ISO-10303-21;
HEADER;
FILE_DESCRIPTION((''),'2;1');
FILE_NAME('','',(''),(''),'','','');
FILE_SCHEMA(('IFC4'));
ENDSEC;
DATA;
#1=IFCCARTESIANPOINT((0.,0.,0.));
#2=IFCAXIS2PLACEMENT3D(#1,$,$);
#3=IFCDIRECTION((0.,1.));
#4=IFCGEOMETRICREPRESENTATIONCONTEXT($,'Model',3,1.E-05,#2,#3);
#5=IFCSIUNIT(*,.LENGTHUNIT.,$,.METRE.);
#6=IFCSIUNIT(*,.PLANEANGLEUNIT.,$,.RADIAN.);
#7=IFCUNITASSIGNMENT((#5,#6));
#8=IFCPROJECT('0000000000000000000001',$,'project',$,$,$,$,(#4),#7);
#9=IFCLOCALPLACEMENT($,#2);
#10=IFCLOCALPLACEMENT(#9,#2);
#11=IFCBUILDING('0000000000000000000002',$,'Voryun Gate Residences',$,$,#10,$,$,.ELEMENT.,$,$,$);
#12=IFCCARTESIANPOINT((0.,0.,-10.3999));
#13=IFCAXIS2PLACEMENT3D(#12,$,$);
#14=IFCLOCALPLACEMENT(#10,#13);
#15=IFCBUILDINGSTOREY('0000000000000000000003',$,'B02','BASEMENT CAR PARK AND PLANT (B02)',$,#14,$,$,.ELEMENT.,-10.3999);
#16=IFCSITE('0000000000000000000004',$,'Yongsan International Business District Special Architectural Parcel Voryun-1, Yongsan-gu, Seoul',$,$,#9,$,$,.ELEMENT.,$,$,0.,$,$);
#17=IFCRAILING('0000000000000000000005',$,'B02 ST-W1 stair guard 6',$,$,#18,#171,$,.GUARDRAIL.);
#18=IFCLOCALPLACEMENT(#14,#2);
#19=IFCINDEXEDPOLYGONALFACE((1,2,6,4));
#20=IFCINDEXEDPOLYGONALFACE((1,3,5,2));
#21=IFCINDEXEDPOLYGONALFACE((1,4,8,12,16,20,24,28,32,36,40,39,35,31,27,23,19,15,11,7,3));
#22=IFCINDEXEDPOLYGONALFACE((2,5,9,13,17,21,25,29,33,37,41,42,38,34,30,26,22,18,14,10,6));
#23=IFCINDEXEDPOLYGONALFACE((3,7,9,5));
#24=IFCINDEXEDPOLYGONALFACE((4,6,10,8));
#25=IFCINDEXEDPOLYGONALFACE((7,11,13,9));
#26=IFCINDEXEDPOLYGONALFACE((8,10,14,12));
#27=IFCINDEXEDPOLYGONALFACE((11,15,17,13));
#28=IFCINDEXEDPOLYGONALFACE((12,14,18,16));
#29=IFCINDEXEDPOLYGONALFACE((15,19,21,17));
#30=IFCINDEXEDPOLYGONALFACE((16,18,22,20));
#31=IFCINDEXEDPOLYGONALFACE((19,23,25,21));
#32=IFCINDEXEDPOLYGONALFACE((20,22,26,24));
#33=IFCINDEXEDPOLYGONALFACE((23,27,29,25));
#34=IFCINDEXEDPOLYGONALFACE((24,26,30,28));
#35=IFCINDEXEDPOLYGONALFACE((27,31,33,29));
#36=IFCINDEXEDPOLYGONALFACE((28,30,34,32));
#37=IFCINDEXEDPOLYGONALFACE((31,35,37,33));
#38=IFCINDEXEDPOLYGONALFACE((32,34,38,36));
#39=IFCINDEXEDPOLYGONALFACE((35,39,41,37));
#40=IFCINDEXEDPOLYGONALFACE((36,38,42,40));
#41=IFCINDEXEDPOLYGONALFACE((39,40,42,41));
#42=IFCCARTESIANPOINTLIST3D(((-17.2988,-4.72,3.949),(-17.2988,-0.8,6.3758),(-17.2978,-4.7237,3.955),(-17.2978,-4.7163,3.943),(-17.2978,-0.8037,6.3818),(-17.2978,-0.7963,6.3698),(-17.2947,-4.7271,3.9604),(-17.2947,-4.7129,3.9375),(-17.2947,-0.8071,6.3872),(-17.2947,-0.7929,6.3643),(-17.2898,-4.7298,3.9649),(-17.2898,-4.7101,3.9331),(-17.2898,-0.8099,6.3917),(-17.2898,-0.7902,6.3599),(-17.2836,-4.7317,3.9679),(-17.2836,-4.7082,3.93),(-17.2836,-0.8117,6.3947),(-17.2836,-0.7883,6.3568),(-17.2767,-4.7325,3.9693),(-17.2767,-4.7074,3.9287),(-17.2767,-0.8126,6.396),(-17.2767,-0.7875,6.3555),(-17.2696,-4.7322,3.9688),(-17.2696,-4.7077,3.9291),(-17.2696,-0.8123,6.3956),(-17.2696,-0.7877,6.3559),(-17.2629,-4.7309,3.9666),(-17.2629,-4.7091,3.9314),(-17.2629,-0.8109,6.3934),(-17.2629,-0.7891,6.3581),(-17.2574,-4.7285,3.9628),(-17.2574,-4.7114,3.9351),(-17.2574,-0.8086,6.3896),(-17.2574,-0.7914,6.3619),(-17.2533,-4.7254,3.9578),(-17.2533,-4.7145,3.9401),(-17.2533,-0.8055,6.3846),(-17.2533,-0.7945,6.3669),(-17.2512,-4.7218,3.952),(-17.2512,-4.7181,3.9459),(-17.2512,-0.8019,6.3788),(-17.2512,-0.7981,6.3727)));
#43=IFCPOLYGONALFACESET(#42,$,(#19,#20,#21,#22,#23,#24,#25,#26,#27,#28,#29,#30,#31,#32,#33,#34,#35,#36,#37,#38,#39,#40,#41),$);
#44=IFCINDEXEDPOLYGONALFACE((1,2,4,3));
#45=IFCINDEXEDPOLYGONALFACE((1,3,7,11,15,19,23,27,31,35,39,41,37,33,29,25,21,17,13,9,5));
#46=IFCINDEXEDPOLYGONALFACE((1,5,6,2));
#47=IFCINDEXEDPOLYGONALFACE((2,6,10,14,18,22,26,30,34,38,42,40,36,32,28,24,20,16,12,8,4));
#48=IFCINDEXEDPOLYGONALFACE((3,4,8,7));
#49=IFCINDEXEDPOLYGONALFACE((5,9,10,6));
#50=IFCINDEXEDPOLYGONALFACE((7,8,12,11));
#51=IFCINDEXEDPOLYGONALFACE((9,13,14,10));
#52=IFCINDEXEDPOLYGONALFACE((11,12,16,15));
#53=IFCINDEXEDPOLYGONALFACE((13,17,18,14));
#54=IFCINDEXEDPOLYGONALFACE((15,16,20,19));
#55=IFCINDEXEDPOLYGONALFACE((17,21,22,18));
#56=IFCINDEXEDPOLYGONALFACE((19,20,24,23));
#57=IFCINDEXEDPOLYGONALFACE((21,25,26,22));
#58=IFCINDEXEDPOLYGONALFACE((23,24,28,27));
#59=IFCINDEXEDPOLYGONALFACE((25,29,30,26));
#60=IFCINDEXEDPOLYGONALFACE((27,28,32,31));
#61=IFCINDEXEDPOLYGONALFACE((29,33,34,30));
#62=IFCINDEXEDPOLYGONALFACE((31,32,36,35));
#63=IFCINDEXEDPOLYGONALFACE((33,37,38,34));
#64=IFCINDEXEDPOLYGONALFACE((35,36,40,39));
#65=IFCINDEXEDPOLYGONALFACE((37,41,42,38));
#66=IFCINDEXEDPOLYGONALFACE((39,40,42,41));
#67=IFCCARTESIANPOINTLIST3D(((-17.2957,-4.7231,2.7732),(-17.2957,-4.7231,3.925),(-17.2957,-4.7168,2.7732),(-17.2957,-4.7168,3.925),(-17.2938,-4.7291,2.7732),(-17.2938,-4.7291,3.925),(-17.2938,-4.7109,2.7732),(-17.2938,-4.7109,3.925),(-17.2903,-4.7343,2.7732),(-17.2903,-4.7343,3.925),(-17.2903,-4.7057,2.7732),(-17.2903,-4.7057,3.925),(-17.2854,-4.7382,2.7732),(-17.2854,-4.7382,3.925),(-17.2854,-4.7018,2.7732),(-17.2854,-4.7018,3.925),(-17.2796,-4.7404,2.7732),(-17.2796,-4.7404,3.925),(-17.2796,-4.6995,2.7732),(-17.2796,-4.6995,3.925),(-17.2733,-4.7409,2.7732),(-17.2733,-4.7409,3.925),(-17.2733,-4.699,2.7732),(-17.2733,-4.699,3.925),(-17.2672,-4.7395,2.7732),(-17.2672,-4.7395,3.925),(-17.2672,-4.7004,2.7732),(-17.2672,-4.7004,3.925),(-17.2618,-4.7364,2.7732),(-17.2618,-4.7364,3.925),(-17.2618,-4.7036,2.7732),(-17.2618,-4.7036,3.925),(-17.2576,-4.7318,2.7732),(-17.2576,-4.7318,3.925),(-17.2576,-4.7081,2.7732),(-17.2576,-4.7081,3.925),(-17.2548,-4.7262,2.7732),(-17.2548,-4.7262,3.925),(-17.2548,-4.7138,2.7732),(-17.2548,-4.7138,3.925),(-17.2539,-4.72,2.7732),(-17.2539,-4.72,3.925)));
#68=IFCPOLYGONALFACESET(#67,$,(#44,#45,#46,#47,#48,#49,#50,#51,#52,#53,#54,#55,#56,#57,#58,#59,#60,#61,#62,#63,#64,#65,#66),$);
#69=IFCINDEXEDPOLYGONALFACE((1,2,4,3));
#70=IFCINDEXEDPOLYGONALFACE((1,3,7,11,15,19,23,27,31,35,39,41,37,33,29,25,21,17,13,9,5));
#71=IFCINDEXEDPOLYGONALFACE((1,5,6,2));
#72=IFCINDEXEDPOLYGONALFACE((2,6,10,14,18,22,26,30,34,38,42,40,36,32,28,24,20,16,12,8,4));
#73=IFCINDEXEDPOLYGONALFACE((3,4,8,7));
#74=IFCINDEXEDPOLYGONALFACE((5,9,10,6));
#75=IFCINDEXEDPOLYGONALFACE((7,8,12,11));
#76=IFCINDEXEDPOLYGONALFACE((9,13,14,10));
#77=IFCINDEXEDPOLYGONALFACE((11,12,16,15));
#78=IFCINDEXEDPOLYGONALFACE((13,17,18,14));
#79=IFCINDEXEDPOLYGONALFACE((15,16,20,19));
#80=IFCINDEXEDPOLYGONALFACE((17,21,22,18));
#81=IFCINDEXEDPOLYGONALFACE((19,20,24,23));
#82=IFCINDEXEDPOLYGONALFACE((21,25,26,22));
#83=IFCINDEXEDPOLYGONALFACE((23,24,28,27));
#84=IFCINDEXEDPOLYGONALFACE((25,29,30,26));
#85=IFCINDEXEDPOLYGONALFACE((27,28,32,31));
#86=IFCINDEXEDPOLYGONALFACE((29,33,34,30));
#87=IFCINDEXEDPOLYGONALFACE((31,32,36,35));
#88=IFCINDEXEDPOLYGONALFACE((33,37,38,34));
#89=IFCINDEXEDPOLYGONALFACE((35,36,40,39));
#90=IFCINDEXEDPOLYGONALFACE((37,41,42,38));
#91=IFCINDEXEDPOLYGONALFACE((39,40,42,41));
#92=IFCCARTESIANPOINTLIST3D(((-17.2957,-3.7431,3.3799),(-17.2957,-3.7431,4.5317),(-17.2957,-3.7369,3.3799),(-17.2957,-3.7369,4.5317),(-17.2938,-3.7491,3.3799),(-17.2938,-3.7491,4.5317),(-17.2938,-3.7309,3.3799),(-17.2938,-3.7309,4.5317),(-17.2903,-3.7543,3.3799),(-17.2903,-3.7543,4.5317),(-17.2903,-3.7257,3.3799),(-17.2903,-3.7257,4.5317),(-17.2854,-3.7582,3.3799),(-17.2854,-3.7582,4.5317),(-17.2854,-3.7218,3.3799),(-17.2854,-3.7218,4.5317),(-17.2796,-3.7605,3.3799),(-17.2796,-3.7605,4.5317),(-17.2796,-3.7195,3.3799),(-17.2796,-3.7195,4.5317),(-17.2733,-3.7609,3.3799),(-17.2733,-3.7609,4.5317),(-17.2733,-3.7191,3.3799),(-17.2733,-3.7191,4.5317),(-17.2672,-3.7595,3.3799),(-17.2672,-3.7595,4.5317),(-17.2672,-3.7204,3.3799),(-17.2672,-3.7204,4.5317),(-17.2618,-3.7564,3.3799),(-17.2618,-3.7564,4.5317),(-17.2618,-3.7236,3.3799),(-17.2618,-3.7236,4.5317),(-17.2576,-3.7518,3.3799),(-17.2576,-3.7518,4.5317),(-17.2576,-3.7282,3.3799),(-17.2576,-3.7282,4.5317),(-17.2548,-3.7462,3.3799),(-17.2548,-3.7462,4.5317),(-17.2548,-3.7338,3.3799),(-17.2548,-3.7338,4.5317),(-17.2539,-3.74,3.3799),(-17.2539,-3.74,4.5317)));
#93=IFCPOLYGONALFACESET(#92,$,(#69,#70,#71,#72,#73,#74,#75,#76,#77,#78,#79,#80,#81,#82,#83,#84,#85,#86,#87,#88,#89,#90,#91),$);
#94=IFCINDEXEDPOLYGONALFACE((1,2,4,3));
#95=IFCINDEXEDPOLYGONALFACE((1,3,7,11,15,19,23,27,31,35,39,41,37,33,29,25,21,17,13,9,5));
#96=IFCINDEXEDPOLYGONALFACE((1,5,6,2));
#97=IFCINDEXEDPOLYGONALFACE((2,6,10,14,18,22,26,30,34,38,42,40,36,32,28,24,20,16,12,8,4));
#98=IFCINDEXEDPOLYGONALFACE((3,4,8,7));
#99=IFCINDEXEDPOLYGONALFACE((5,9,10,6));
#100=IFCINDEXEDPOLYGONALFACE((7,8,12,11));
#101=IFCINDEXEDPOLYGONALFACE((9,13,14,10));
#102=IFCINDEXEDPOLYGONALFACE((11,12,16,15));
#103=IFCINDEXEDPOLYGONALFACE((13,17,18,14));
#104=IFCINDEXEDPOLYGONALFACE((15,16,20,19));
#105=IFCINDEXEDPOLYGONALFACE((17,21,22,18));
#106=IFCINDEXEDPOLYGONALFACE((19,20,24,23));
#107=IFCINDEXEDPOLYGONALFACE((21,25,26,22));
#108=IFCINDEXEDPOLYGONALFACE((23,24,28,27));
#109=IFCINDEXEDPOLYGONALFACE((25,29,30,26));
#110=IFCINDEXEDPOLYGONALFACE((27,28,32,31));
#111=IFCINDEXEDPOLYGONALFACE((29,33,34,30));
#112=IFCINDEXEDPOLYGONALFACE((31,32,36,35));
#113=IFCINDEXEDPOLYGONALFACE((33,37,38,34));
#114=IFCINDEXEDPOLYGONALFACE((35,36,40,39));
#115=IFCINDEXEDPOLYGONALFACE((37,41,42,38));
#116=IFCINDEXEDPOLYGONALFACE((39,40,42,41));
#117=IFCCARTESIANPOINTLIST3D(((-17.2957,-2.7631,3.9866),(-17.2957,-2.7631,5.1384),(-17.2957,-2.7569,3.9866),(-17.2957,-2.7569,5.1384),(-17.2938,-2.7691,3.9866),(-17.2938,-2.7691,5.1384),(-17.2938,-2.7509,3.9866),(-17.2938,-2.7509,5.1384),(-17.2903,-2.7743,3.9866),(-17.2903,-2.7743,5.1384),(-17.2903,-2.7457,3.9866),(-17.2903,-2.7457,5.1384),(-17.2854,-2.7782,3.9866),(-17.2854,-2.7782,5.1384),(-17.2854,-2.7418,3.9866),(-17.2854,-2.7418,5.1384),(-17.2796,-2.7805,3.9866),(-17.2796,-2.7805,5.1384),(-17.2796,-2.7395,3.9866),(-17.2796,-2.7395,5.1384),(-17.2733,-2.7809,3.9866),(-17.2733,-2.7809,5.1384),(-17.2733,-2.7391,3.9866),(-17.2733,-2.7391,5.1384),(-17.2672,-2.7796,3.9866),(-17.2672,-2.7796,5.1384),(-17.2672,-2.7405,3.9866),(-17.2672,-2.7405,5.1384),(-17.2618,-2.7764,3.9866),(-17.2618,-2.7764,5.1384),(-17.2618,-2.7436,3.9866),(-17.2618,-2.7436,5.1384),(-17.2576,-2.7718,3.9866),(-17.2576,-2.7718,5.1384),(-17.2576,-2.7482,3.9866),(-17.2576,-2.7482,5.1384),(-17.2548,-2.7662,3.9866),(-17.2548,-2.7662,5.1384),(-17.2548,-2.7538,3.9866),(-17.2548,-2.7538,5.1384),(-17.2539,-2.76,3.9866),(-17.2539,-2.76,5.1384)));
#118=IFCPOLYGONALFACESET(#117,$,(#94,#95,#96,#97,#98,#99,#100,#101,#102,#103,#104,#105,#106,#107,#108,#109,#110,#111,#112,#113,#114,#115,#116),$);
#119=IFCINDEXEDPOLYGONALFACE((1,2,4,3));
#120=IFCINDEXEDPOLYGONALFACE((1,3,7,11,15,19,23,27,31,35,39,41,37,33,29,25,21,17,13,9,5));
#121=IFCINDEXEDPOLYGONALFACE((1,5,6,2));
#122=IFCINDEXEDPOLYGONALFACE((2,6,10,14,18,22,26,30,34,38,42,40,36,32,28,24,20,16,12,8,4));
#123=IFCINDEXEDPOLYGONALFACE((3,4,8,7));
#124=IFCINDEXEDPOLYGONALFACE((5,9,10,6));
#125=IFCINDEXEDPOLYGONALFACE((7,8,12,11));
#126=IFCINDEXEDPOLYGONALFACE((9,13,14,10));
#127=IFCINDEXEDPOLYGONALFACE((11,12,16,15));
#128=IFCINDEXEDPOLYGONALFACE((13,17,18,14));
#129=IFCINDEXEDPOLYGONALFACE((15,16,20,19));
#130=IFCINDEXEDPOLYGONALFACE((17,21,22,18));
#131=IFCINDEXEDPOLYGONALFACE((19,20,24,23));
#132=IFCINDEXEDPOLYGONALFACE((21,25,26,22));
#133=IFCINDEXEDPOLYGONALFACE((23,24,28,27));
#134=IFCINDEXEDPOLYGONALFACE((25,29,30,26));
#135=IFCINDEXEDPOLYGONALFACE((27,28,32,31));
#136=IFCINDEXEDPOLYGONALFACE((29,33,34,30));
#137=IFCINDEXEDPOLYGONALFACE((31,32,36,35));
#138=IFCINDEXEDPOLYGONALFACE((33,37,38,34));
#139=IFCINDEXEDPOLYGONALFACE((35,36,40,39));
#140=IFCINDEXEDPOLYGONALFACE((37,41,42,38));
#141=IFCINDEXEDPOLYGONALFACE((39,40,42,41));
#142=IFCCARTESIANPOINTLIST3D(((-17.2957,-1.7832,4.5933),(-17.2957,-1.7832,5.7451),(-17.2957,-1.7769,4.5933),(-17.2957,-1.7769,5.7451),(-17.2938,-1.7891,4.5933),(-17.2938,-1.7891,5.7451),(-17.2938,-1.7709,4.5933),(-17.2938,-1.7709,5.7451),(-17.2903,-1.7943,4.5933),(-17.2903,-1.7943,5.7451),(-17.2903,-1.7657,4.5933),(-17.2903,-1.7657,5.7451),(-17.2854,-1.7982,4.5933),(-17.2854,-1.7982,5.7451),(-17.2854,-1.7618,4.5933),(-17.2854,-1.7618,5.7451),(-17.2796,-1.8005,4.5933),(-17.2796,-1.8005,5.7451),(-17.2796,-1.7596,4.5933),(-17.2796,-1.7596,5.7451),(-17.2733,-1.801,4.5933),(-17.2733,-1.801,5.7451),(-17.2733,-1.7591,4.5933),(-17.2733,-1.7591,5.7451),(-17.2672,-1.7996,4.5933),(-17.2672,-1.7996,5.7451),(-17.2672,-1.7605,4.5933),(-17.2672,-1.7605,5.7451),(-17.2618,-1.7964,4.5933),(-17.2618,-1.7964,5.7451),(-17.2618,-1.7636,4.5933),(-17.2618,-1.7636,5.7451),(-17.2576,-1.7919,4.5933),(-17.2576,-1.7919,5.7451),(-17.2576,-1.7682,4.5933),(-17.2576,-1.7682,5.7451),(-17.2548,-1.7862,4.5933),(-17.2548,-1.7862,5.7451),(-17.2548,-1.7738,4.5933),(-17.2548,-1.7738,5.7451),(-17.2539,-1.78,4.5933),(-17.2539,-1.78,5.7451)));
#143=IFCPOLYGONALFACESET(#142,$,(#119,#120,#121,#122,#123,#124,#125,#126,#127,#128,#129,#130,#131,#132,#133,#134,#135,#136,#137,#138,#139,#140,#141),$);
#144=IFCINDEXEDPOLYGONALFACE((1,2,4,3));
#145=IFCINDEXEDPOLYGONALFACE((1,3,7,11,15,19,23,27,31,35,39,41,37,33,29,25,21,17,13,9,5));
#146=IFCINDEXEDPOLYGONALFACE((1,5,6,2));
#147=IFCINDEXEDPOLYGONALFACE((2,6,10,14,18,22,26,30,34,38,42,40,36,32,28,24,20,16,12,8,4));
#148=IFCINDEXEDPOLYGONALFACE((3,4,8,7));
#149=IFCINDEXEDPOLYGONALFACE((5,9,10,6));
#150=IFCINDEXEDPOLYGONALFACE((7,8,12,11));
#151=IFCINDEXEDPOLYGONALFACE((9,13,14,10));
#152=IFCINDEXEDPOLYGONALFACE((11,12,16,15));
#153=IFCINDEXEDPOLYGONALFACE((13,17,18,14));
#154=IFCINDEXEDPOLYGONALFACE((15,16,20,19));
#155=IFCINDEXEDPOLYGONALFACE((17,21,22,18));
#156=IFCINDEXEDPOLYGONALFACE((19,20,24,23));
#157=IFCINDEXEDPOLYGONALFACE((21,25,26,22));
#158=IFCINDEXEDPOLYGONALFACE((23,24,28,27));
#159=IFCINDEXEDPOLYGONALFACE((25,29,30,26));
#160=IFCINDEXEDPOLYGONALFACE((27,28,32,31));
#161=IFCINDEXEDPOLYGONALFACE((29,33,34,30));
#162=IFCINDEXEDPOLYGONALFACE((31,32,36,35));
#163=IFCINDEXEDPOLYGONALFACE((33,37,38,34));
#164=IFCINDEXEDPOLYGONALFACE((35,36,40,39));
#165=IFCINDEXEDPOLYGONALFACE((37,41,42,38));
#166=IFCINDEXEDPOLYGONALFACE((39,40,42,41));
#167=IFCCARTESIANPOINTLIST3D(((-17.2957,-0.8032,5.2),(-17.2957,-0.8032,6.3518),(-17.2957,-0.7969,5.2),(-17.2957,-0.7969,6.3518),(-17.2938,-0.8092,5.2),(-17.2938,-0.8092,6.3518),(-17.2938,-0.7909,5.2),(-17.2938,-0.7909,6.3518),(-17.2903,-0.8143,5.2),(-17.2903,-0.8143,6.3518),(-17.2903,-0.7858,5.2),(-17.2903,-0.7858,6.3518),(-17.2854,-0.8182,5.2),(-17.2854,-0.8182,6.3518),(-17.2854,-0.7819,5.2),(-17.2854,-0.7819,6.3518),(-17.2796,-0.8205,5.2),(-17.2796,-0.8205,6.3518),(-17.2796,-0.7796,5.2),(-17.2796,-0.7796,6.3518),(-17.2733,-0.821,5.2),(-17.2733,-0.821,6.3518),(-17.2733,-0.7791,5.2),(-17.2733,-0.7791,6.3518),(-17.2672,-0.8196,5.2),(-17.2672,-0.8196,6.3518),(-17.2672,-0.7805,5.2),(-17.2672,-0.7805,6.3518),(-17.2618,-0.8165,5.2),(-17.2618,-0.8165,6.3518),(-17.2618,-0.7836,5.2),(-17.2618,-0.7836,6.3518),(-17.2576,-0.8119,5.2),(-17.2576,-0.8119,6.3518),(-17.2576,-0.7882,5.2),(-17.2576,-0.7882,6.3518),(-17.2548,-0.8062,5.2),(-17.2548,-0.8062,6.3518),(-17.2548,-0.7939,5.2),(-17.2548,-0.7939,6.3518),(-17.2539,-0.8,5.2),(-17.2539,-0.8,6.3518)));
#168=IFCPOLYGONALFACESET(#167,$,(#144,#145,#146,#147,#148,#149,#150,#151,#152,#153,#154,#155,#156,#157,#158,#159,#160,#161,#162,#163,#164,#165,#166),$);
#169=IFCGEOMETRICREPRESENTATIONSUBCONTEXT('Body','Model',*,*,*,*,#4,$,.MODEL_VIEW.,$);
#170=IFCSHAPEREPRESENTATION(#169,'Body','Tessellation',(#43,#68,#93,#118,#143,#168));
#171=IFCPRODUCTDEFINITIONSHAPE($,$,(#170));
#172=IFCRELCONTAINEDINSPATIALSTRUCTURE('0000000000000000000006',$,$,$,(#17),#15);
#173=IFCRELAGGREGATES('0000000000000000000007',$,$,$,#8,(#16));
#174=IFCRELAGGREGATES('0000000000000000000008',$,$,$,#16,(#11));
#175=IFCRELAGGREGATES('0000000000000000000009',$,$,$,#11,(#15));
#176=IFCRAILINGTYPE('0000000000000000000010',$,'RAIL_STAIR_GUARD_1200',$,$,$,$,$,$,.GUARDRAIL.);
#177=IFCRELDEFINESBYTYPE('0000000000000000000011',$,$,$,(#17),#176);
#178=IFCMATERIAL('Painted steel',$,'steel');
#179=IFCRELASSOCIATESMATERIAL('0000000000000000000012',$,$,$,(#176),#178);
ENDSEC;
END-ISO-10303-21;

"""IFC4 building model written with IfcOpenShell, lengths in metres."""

from ifc_helpers import new_model, si_unit, direction, frame, origin, origin_2d, place, context, subcontext, project, spatial, circle, extrude, material, type_object, element, save


model = new_model("IFC4")

# Units and contexts
model_context = context("Model", 3, precision=1e-05, world=origin(), true_north=direction((0.0, 1.0)))
body_context = subcontext(model_context, "Body", "Model", "MODEL_VIEW")
ifc_project = project(units=[si_unit("LENGTHUNIT", "METRE"), si_unit("PLANEANGLEUNIT", "RADIAN")], contexts=[model_context])

# Site, building, storey
site_placement = place(None, origin())
site = spatial("IfcSite", under=ifc_project, at=site_placement, Name="Yongsan International Business District Special Architectural Parcel Voryun-1, Yongsan-gu, Seoul", CompositionType="ELEMENT", RefElevation=0.0)
building_placement = place(site_placement, origin())
building = spatial("IfcBuilding", under=site, at=building_placement, Name="Voryun Gate Residences", CompositionType="ELEMENT")
storey_placement = place(building_placement, frame((0.0, 0.0, -10.3999)))
storey = spatial("IfcBuildingStorey", under=building, at=storey_placement, Name="B02", Description="BASEMENT CAR PARK AND PLANT (B02)", CompositionType="ELEMENT", Elevation=-10.3999)

# Railing
ifc_material_1 = material(Name="Painted steel", Category="steel")
railing_type_1 = type_object("IfcRailingType", Name="RAIL_STAIR_GUARD_1200", PredefinedType="GUARDRAIL", material=ifc_material_1)
railing_1_placement = place(storey_placement, frame((-17.2749, -4.72, 2.7732)))
element("IfcRailing", 1, at=railing_1_placement, inside=storey, type_object=railing_type_1, Name="B02 ST-W1 stair guard 6", PredefinedType="GUARDRAIL", context=body_context, shape_type="SweptSolid", body=[
    extrude(circle(Radius=0.0239, at=origin_2d()), frame((0.0, 0.0, 1.1758), z_axis=(0.0, 0.850252, 0.526376), x_axis=(-1.0, 0.0, 0.0)), (0.0, 0.0, 1.0), 4.6104),
    extrude(circle(Radius=0.021, at=origin_2d()), origin(), (0.0, 0.0, 1.0), 1.1519),
    extrude(circle(Radius=0.021, at=origin_2d()), frame((0.0, 0.98, 0.6067)), (0.0, 0.0, 1.0), 1.1519),
    extrude(circle(Radius=0.021, at=origin_2d()), frame((0.0, 1.96, 1.2134)), (0.0, 0.0, 1.0), 1.1519),
    extrude(circle(Radius=0.021, at=origin_2d()), frame((0.0, 2.9399, 1.8201)), (0.0, 0.0, 1.0), 1.1519),
    extrude(circle(Radius=0.021, at=origin_2d()), frame((0.0, 3.9199, 2.4268)), (0.0, 0.0, 1.0), 1.1519),
])

save(model, "model.ifc")
